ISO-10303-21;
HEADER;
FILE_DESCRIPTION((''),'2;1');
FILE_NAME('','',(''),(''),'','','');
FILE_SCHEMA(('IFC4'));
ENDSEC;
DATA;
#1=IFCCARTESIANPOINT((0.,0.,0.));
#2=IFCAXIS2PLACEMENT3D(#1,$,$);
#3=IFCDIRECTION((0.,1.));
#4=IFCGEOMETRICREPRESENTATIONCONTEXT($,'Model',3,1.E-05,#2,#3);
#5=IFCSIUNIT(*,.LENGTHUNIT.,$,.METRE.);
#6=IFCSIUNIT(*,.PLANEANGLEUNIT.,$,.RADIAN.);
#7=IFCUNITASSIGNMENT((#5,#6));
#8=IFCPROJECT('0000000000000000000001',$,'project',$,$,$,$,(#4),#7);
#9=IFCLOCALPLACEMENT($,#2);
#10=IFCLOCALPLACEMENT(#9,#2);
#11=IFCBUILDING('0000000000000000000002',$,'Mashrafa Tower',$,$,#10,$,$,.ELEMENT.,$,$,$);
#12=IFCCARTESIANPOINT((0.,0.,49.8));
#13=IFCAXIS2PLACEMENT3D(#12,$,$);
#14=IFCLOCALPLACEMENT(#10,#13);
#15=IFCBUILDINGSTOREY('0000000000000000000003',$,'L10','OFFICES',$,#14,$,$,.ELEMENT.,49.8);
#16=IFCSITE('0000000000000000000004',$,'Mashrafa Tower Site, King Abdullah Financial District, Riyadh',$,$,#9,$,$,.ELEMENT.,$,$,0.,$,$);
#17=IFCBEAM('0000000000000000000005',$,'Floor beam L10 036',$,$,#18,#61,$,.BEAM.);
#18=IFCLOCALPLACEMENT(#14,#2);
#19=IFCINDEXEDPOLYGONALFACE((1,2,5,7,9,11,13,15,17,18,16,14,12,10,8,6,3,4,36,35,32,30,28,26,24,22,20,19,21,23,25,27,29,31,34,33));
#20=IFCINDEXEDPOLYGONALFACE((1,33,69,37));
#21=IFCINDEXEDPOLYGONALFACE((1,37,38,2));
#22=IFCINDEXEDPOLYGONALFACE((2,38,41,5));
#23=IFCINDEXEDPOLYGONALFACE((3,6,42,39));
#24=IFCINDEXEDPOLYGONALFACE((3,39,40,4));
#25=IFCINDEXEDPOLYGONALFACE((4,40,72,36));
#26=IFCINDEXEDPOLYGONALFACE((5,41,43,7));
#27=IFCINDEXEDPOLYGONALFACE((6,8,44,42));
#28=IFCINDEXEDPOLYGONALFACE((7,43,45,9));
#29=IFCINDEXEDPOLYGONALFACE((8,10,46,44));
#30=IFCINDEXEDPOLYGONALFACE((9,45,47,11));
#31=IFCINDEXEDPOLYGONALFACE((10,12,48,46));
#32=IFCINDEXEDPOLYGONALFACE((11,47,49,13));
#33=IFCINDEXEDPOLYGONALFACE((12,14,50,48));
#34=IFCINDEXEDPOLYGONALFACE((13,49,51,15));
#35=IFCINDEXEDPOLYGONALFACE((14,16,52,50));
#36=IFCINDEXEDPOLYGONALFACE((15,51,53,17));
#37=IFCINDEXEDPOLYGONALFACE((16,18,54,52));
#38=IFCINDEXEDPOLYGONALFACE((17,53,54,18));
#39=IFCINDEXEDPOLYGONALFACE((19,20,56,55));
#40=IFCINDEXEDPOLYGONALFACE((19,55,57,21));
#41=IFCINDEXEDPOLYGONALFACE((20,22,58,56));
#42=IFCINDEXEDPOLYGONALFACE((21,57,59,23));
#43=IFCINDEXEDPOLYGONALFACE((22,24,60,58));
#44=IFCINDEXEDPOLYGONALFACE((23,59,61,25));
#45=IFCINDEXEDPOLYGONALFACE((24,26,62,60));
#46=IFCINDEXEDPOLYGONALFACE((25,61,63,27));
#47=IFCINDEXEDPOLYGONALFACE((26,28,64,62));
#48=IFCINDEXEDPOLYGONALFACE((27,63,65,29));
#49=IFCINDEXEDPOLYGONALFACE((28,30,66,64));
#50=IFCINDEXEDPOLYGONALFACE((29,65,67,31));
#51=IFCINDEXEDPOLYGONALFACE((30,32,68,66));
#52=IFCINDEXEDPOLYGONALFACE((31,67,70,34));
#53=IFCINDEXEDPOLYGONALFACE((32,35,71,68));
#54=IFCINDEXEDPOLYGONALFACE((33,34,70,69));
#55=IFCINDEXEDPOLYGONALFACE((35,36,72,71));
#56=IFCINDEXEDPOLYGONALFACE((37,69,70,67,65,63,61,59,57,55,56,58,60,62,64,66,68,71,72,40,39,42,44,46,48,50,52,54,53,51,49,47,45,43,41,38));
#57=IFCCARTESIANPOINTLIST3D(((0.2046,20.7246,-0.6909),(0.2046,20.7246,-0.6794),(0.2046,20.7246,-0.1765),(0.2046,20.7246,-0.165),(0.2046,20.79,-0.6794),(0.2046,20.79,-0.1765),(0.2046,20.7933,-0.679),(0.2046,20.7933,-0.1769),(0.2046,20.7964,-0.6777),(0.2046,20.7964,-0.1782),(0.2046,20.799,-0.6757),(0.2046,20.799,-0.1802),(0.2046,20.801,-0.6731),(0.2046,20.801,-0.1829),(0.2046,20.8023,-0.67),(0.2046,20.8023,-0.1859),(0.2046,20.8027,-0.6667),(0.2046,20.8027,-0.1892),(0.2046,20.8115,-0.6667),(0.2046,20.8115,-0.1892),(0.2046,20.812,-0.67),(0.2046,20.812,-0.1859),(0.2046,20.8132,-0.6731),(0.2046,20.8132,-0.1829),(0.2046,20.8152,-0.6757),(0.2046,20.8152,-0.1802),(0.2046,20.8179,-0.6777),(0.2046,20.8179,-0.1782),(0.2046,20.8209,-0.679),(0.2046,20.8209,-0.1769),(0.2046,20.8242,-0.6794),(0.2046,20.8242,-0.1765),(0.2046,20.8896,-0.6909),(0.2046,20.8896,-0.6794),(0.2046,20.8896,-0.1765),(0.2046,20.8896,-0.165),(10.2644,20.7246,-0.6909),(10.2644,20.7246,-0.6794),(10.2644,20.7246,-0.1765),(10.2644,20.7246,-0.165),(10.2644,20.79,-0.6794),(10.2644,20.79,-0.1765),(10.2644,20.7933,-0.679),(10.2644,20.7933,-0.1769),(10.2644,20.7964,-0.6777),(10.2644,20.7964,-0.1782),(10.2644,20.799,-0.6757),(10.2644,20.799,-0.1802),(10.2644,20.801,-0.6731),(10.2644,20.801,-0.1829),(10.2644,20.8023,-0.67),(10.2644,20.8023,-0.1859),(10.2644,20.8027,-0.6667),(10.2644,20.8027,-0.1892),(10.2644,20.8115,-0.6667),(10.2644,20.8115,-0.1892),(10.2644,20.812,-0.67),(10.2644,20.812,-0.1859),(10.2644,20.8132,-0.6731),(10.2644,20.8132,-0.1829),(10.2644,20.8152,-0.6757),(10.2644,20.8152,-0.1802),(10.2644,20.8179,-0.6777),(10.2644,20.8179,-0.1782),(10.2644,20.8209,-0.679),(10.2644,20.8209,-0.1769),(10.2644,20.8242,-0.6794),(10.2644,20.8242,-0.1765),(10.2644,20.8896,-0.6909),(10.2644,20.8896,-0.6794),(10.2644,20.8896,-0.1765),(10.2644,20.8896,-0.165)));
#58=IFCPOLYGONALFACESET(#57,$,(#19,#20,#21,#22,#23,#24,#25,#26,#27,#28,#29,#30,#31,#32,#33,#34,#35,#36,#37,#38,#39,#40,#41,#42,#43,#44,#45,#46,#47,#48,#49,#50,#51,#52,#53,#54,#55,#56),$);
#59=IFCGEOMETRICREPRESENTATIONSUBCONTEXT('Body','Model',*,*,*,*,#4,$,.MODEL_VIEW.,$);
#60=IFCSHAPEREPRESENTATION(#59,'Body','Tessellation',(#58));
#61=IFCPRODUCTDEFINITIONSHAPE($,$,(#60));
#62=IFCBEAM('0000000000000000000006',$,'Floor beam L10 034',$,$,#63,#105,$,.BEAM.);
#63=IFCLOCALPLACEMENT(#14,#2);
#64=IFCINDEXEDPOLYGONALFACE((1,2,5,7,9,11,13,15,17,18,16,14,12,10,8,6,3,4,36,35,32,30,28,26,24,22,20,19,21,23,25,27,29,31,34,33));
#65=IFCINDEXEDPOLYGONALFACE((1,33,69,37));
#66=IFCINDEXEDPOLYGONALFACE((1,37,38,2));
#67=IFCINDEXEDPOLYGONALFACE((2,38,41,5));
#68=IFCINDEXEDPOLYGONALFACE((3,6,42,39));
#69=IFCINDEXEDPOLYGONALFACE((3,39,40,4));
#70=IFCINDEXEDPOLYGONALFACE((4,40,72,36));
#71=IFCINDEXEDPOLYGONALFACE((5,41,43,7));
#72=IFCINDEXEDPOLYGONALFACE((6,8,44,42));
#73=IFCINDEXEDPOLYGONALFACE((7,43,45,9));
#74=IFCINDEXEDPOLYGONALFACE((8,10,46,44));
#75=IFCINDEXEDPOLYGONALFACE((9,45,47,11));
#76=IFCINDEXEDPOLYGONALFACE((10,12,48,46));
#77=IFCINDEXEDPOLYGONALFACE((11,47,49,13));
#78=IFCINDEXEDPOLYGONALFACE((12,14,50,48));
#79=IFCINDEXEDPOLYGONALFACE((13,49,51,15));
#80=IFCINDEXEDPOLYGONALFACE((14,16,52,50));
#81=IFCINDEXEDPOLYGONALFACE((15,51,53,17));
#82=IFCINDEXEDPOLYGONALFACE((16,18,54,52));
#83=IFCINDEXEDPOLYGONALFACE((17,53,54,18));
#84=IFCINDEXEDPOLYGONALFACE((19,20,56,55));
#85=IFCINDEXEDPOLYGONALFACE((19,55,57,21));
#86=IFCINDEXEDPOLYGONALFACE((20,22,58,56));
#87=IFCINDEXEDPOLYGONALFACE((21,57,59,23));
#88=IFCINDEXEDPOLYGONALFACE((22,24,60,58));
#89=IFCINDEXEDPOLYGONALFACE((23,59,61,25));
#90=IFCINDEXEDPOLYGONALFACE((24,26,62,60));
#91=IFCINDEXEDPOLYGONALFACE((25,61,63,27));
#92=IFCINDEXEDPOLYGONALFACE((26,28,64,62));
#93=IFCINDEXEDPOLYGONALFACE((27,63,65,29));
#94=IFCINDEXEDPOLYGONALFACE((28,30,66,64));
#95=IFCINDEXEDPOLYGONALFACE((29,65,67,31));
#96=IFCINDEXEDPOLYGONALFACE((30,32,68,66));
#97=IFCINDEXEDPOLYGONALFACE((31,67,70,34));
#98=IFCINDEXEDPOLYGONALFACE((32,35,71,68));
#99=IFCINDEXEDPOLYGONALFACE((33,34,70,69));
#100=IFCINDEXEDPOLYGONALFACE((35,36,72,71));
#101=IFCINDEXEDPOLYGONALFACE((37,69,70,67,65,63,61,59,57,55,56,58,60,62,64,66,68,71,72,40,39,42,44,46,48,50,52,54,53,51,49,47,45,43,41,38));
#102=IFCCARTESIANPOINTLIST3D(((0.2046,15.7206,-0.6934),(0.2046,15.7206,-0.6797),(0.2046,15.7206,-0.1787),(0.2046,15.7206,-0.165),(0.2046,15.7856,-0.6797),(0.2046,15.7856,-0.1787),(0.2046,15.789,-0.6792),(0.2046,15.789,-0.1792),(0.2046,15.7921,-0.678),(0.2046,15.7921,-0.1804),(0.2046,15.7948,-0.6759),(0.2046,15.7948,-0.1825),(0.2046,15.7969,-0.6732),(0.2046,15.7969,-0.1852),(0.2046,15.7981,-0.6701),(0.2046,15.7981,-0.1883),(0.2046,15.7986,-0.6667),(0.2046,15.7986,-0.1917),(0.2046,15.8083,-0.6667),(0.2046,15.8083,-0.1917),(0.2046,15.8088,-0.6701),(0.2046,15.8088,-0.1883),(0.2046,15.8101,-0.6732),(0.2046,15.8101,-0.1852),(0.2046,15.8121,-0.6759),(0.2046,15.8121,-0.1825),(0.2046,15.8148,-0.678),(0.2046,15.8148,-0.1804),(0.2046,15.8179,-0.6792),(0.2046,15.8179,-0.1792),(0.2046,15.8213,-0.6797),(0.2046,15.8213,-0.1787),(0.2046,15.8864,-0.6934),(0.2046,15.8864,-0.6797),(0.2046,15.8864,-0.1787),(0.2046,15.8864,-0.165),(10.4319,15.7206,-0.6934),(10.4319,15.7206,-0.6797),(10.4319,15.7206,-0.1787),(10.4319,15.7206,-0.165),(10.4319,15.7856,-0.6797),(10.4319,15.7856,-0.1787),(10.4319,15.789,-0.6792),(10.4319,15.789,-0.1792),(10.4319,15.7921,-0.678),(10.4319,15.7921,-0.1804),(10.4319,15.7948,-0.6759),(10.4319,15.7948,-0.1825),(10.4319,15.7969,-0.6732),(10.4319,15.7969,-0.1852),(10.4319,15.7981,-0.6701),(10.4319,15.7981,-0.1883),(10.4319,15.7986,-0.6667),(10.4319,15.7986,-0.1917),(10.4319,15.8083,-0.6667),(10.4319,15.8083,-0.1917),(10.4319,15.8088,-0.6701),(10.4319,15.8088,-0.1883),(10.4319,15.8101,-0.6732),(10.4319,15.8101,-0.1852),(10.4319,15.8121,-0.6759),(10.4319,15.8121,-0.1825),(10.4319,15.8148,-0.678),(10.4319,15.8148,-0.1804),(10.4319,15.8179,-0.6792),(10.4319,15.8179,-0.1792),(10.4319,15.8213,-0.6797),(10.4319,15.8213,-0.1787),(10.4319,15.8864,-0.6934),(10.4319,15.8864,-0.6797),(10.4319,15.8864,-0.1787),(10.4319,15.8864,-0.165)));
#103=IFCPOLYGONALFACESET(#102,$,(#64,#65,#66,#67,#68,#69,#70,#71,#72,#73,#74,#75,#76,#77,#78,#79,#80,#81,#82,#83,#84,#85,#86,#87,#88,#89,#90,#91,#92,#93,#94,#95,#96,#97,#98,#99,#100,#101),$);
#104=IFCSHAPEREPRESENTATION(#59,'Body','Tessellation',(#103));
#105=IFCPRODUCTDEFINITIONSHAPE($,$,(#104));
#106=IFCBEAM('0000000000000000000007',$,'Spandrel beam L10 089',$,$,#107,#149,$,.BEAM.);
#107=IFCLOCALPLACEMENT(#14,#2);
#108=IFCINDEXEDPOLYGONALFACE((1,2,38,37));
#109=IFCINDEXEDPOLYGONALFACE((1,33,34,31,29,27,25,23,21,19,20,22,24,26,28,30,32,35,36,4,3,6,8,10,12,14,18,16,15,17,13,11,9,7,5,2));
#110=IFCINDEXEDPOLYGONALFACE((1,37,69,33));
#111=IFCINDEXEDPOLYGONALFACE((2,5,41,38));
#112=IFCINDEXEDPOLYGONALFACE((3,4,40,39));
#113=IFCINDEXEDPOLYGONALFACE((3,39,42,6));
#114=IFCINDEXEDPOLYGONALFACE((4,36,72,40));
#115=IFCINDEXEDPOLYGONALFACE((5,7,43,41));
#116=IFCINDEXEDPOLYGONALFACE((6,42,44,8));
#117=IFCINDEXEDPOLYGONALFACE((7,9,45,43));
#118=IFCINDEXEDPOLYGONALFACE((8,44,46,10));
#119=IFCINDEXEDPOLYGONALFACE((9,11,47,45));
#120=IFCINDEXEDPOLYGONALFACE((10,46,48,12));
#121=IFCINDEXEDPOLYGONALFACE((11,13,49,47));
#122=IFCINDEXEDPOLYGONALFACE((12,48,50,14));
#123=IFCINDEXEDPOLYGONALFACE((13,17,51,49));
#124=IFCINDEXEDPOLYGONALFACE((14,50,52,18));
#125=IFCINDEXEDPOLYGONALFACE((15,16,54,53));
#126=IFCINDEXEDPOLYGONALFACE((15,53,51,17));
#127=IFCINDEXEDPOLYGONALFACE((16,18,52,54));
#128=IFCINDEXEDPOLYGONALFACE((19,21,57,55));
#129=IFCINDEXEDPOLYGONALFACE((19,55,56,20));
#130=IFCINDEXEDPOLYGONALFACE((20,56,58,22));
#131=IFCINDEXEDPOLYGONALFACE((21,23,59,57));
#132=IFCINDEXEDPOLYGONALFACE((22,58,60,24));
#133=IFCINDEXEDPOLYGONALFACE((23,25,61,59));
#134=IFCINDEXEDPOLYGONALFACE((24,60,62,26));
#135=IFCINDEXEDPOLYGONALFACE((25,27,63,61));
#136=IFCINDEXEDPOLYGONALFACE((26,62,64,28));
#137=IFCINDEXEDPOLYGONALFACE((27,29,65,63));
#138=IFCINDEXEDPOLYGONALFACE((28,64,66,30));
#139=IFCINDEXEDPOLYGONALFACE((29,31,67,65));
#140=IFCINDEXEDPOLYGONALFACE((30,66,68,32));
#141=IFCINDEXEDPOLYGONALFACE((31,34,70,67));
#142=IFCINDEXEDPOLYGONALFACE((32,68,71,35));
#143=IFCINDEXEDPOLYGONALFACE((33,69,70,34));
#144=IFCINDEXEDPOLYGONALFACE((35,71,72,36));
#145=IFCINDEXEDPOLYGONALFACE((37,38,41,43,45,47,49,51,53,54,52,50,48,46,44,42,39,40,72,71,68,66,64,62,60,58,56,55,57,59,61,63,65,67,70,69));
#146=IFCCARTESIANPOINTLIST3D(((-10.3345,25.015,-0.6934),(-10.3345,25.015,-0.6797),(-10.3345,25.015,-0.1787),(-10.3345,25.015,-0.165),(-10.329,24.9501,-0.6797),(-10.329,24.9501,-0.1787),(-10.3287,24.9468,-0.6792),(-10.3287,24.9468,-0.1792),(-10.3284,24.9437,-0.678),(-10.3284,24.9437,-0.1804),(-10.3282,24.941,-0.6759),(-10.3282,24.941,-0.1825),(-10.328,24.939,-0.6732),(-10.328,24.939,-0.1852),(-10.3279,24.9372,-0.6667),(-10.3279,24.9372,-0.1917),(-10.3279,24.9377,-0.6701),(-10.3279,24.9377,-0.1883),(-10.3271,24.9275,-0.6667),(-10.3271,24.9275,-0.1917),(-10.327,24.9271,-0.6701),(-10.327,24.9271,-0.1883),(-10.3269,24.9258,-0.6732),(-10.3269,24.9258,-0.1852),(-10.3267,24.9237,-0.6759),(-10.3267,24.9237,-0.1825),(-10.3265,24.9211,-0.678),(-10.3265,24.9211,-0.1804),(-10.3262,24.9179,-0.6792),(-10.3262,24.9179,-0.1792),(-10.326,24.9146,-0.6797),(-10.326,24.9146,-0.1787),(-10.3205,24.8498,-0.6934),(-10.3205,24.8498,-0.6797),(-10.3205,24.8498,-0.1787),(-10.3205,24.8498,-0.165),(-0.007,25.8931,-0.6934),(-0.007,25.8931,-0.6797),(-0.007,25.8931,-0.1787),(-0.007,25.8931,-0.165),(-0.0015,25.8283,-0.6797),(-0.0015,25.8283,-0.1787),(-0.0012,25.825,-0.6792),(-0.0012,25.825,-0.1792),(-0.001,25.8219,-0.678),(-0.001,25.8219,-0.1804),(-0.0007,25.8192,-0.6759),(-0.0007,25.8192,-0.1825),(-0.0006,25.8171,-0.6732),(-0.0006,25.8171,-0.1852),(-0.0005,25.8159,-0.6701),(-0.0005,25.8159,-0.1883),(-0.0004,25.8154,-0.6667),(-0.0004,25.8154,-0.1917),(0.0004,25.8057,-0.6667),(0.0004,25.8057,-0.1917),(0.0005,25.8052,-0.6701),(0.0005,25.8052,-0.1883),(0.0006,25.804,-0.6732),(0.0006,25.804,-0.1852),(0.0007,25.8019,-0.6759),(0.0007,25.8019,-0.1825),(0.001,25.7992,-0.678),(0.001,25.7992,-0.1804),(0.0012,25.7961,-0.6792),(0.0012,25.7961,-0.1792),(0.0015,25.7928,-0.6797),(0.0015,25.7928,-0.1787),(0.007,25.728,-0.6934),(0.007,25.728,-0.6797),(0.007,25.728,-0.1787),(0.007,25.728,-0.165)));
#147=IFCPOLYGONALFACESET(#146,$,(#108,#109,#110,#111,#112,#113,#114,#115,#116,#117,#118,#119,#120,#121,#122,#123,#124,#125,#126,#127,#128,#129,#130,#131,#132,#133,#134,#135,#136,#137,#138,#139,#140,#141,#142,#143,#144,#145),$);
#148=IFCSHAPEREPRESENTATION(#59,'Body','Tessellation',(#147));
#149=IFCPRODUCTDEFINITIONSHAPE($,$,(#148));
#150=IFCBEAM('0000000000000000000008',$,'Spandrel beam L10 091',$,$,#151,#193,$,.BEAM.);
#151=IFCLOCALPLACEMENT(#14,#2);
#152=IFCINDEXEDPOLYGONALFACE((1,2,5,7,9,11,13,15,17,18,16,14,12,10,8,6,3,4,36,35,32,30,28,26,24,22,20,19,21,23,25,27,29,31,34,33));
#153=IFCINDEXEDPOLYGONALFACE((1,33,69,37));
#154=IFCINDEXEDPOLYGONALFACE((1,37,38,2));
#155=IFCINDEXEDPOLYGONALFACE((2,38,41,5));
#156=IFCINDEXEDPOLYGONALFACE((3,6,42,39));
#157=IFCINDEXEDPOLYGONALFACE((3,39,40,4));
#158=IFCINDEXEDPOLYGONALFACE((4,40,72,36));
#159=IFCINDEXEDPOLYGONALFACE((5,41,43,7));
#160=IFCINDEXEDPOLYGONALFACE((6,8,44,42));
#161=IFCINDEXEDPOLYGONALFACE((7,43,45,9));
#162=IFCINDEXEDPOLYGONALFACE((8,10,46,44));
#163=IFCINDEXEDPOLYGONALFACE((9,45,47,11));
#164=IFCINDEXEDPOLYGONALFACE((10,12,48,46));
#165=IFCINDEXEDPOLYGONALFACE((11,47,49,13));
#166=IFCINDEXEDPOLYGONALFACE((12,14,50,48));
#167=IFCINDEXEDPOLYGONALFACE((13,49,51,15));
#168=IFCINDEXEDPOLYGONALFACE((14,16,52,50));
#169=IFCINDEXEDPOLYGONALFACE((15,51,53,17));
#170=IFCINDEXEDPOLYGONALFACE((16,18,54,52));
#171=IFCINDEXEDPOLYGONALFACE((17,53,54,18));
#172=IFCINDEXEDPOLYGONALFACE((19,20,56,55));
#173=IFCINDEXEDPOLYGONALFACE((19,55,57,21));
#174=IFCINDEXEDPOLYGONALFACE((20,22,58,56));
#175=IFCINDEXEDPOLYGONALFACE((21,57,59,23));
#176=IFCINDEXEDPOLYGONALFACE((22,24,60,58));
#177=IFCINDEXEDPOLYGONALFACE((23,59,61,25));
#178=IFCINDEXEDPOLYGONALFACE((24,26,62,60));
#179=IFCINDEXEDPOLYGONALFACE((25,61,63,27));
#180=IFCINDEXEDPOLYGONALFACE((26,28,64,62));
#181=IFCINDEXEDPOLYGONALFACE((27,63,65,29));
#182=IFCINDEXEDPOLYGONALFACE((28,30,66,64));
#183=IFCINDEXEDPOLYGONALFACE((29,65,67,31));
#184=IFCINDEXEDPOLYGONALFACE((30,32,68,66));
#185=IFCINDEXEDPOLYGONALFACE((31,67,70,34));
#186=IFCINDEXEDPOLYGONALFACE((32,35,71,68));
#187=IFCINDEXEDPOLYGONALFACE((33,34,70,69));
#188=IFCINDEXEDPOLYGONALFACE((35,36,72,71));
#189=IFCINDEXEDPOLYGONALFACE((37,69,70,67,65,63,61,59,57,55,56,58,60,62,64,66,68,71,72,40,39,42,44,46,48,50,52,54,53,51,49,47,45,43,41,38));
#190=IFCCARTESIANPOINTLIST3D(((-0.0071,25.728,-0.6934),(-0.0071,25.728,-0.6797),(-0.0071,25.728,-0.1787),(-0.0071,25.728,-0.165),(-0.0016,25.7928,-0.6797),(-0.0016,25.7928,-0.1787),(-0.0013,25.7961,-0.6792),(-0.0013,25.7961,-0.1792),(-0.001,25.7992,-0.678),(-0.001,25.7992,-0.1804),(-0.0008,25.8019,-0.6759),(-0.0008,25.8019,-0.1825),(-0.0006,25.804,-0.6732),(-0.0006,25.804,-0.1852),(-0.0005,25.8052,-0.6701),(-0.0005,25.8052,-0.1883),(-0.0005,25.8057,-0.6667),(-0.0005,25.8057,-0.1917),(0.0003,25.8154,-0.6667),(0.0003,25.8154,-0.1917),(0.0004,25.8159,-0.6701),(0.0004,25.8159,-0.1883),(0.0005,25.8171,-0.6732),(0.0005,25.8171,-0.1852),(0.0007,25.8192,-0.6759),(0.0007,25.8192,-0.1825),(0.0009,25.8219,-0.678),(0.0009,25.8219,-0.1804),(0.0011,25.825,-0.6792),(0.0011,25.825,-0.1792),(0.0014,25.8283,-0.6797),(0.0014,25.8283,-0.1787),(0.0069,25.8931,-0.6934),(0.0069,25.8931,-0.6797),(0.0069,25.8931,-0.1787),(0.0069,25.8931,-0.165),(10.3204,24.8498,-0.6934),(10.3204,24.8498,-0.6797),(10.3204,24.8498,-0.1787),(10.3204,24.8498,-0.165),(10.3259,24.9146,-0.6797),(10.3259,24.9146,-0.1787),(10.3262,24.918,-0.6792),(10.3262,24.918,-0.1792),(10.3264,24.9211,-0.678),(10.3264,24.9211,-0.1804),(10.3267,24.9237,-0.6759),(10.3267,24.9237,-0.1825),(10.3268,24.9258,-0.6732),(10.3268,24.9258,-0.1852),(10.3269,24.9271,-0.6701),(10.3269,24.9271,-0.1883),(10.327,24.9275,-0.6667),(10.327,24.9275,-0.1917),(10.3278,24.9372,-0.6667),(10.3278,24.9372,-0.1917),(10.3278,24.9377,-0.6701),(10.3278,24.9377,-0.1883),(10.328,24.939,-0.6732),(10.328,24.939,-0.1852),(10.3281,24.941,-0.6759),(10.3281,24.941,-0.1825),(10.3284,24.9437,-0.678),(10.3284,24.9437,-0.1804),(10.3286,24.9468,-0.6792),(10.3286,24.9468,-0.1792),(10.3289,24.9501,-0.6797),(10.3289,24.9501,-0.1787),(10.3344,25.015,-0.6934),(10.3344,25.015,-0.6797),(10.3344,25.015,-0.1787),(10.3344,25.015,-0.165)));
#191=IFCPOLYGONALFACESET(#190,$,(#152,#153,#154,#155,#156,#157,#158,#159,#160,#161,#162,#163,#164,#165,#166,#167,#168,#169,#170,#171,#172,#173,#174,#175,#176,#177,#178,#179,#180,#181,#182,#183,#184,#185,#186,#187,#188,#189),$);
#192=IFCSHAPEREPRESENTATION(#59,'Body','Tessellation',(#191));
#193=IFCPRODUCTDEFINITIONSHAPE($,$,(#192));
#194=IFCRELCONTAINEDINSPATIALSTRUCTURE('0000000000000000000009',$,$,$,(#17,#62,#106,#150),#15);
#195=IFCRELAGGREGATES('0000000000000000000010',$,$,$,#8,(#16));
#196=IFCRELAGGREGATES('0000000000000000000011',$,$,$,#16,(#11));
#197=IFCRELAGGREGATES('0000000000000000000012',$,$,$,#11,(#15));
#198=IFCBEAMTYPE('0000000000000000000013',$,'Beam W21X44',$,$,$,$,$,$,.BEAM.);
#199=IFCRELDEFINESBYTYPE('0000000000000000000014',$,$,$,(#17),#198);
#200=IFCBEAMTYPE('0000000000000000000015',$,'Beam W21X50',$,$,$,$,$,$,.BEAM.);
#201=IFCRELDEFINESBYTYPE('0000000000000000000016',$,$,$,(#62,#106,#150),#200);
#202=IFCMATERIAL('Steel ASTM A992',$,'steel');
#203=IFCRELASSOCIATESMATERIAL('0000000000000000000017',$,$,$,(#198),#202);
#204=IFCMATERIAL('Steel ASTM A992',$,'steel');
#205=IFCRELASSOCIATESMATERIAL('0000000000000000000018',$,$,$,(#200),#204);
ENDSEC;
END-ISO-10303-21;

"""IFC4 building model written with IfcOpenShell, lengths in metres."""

from ifc_helpers import new_model, si_unit, direction, frame, origin, origin_2d, place, context, subcontext, project, spatial, i_section, extrude, material, material_profile, profile_set, type_object, element, save


model = new_model("IFC4")

# Units and contexts
model_context = context("Model", 3, precision=1e-05, world=origin(), true_north=direction((0.0, 1.0)))
body_context = subcontext(model_context, "Body", "Model", "MODEL_VIEW")
ifc_project = project(units=[si_unit("LENGTHUNIT", "METRE"), si_unit("PLANEANGLEUNIT", "RADIAN")], contexts=[model_context])

# Site, building, storey
site_placement = place(None, origin())
site = spatial("IfcSite", under=ifc_project, at=site_placement, Name="Mashrafa Tower Site, King Abdullah Financial District, Riyadh", CompositionType="ELEMENT", RefElevation=0.0)
building_placement = place(site_placement, origin())
building = spatial("IfcBuilding", under=site, at=building_placement, Name="Mashrafa Tower", CompositionType="ELEMENT")
storey_placement = place(building_placement, frame((0.0, 0.0, 49.8)))
storey = spatial("IfcBuildingStorey", under=building, at=storey_placement, Name="L10", Description="OFFICES", CompositionType="ELEMENT", Elevation=49.8)

# Beams
ifc_material_1 = material(Name="Steel ASTM A992", Category="steel")
ifc_material_profile_1 = material_profile(ifc_material_1, i_section(OverallWidth=0.165, OverallDepth=0.5259, WebThickness=0.0088, FlangeThickness=0.0115, FilletRadius=0.0127, at=origin_2d()), Name="W21X44")
ifc_profile_set_1 = profile_set([ifc_material_profile_1], Name="Steel ASTM A992")
beam_type_1 = type_object("IfcBeamType", Name="Beam W21X44", PredefinedType="BEAM", material=ifc_profile_set_1)
beam_1_placement = place(storey_placement, frame((0.2046, 20.8071, -0.428), z_axis=(1.0, 0.0, 0.0), x_axis=(0.0, 1.0, 0.0)))
element("IfcBeam", 1, at=beam_1_placement, inside=storey, type_object=beam_type_1, Name="Floor beam L10 036", PredefinedType="BEAM", context=body_context, shape_type="SweptSolid", body=[
    extrude(i_section(OverallWidth=0.165, OverallDepth=0.5259, WebThickness=0.0088, FlangeThickness=0.0115, FilletRadius=0.0127, at=origin_2d()), origin(), (0.0, 0.0, 1.0), 10.0598),
])
ifc_material_2 = material(Name="Steel ASTM A992", Category="steel")
ifc_material_profile_2 = material_profile(ifc_material_2, i_section(OverallWidth=0.1658, OverallDepth=0.5283, WebThickness=0.0098, FlangeThickness=0.0137, FilletRadius=0.0129, at=origin_2d()), Name="W21X50")
ifc_profile_set_2 = profile_set([ifc_material_profile_2], Name="Steel ASTM A992")
beam_type_2 = type_object("IfcBeamType", Name="Beam W21X50", PredefinedType="BEAM", material=ifc_profile_set_2)
beam_2_placement = place(storey_placement, frame((0.2046, 15.8035, -0.4292), z_axis=(1.0, 0.0, 0.0), x_axis=(0.0, 1.0, 0.0)))
element("IfcBeam", 2, at=beam_2_placement, inside=storey, type_object=beam_type_2, Name="Floor beam L10 034", PredefinedType="BEAM", context=body_context, shape_type="SweptSolid", body=[
    extrude(i_section(OverallWidth=0.1658, OverallDepth=0.5283, WebThickness=0.0098, FlangeThickness=0.0137, FilletRadius=0.0129, at=origin_2d()), origin(), (0.0, 0.0, 1.0), 10.2273),
])
for number, where, z_axis, x_axis, name in (
    (3, (0.0, 25.8105, -0.4292), (-0.996404, -0.084728, 0.0), (0.084728, -0.996404, 0.0), "Spandrel beam L10 089"),
    (4, (10.3274, 24.9324, -0.4292), (-0.996404, 0.084728, 0.0), (-0.084728, -0.996404, 0.0), "Spandrel beam L10 091"),
):
    element("IfcBeam", number, at=place(storey_placement, frame(where, z_axis=z_axis, x_axis=x_axis)), inside=storey, type_object=beam_type_2, Name=name, PredefinedType="BEAM", context=body_context, shape_type="SweptSolid", body=[
        extrude(i_section(OverallWidth=0.1658, OverallDepth=0.5283, WebThickness=0.0098, FlangeThickness=0.0137, FilletRadius=0.0129, at=origin_2d()), origin(), (0.0, 0.0, 1.0), 10.3647),
    ])

save(model, "model.ifc")
